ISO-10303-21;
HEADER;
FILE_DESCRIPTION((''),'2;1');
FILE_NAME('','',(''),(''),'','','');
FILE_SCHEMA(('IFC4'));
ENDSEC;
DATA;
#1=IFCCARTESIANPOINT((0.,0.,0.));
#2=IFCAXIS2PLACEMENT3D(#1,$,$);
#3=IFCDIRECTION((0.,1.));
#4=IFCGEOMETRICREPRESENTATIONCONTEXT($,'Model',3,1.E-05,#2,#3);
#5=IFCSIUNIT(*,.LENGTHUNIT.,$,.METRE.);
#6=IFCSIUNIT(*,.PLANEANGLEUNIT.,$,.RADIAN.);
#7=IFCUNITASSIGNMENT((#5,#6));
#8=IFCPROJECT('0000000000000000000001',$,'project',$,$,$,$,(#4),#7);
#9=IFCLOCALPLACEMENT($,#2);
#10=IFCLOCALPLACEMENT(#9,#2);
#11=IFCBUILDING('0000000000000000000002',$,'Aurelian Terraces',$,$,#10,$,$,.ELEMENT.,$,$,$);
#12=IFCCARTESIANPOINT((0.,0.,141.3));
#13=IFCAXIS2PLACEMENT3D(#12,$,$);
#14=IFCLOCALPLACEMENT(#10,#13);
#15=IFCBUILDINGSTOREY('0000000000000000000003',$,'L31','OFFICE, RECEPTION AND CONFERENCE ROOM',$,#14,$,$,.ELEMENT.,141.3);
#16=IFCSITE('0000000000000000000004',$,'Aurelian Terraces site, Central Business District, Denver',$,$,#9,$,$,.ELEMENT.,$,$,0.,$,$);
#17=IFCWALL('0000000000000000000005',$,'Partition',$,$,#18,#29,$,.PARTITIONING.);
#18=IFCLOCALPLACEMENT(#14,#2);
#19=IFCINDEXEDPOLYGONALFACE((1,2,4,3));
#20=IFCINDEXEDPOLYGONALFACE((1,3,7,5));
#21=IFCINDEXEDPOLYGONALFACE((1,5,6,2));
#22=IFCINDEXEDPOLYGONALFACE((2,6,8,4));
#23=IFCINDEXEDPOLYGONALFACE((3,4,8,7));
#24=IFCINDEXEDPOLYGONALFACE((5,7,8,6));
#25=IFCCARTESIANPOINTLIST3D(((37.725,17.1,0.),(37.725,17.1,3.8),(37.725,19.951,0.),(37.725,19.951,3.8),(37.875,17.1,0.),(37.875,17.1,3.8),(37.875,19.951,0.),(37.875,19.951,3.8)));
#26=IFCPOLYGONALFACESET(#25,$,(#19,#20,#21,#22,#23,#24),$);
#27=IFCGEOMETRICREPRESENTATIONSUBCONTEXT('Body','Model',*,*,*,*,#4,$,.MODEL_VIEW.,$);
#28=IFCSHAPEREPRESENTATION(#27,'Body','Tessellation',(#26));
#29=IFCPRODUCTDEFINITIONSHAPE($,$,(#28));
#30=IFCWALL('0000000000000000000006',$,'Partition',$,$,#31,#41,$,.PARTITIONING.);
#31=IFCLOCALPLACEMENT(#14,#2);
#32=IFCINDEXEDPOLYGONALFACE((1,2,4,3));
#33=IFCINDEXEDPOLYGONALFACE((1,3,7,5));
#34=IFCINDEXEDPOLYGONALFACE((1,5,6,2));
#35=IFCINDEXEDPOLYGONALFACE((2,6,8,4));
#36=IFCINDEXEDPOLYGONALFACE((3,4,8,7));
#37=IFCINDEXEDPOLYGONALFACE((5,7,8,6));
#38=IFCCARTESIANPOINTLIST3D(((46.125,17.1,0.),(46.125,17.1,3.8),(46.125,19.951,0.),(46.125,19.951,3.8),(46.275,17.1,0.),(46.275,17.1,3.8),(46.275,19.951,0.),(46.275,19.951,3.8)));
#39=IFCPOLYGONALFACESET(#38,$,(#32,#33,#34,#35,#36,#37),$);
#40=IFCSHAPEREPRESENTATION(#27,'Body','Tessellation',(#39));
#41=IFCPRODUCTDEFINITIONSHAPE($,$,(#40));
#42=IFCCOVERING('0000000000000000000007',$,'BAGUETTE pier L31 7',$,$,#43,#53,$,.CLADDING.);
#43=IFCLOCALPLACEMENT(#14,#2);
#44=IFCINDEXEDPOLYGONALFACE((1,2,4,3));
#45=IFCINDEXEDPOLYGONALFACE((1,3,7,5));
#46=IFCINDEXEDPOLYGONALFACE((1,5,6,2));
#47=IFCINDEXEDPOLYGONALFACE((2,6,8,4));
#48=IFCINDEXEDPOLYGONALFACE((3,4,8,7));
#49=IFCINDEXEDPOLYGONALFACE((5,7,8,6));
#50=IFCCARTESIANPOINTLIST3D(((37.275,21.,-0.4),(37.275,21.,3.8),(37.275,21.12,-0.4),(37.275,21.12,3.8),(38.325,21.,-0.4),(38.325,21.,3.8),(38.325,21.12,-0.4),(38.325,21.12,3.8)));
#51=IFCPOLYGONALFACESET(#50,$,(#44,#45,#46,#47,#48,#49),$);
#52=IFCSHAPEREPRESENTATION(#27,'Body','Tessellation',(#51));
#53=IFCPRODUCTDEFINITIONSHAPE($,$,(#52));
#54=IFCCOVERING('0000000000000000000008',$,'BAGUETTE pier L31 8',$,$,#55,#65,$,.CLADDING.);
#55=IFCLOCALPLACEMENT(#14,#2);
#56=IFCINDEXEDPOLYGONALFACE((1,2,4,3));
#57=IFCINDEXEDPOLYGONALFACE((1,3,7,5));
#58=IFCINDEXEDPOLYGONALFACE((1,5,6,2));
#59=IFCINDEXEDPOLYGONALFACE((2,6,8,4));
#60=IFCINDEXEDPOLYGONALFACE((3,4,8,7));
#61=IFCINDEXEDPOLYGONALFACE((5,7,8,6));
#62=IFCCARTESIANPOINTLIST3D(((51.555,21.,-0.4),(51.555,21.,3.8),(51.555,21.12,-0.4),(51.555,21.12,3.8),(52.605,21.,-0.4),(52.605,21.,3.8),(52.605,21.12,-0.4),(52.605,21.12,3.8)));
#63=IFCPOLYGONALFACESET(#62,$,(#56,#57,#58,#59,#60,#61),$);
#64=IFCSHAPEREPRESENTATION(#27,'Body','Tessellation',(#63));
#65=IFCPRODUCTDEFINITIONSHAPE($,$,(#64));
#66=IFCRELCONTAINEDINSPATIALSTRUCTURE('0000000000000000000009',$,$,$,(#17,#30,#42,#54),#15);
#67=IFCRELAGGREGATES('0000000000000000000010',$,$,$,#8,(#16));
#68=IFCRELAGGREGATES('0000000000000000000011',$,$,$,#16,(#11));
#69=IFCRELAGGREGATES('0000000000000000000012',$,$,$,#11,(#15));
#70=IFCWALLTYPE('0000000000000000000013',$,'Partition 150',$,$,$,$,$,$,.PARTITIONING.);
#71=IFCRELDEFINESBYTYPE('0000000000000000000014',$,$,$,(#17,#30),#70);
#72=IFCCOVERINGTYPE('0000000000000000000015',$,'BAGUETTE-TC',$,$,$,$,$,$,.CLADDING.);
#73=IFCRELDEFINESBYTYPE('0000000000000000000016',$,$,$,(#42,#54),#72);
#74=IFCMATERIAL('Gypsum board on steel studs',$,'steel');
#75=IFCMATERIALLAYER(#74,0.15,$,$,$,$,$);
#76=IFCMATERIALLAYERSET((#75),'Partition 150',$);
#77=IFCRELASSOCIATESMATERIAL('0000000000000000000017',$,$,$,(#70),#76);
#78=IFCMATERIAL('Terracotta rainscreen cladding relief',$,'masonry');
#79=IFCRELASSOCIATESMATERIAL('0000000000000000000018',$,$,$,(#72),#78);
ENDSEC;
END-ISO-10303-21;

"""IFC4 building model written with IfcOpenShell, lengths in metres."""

from ifc_helpers import new_model, si_unit, direction, frame, frame_2d, origin, origin_2d, place, context, subcontext, project, spatial, rectangle, extrude, source, transform, mapped, material, layer, layer_set, type_object, element, save


model = new_model("IFC4")

# Units and contexts
model_context = context("Model", 3, precision=1e-05, world=origin(), true_north=direction((0.0, 1.0)))
body_context = subcontext(model_context, "Body", "Model", "MODEL_VIEW")
ifc_project = project(units=[si_unit("LENGTHUNIT", "METRE"), si_unit("PLANEANGLEUNIT", "RADIAN")], contexts=[model_context])

# Site, building, storey
site_placement = place(None, origin())
site = spatial("IfcSite", under=ifc_project, at=site_placement, Name="Aurelian Terraces site, Central Business District, Denver", CompositionType="ELEMENT", RefElevation=0.0)
building_placement = place(site_placement, origin())
building = spatial("IfcBuilding", under=site, at=building_placement, Name="Aurelian Terraces", CompositionType="ELEMENT")
storey_placement = place(building_placement, frame((0.0, 0.0, 141.3)))
storey = spatial("IfcBuildingStorey", under=building, at=storey_placement, Name="L31", Description="OFFICE, RECEPTION AND CONFERENCE ROOM", CompositionType="ELEMENT", Elevation=141.3)

# Walls
ifc_material_1 = material(Name="Gypsum board on steel studs", Category="steel")
ifc_layer_1 = layer(ifc_material_1, 0.15)
ifc_layer_set_1 = layer_set([ifc_layer_1], Name="Partition 150")
wall_type_1 = type_object("IfcWallType", Name="Partition 150", PredefinedType="PARTITIONING", material=ifc_layer_set_1)
shared_shape_1 = source(origin(), body_context, "Body", "SweptSolid", [
    extrude(rectangle(XDim=2.851, YDim=0.15, at=frame_2d((1.4255, 0.0))), origin(), (0.0, 0.0, 1.0), 3.8),
])
for number, where, z_axis, x_axis, name in (
    (1, (37.8, 17.1, 0.0), (0.0, 0.0, 1.0), (0.0, 1.0, 0.0), "Partition"),
    (2, (46.2, 17.1, 0.0), (0.0, 0.0, 1.0), (0.0, 1.0, 0.0), "Partition"),
):
    element("IfcWall", number, at=place(storey_placement, frame(where, z_axis=z_axis, x_axis=x_axis)), inside=storey, type_object=wall_type_1, Name=name, PredefinedType="PARTITIONING", context=body_context, shape_type="MappedRepresentation", body=[
        mapped(shared_shape_1, transform((0.0, 0.0, 0.0), scale=1.0)),
    ])

# Coverings
ifc_material_2 = material(Name="Terracotta rainscreen cladding relief", Category="masonry")
covering_type = type_object("IfcCoveringType", Name="BAGUETTE-TC", PredefinedType="CLADDING", material=ifc_material_2)
shared_shape_2 = source(origin(), body_context, "Body", "SweptSolid", [
    extrude(rectangle(XDim=1.05, YDim=0.12, at=origin_2d()), origin(), (0.0, 0.0, 1.0), 4.2),
])
for number, where, z_axis, x_axis, name in (
    (3, (37.8, 21.06, -0.4), (0.0, 0.0, 1.0), (1.0, 0.0, 0.0), "BAGUETTE pier L31 7"),
    (4, (52.08, 21.06, -0.4), (0.0, 0.0, 1.0), (1.0, 0.0, 0.0), "BAGUETTE pier L31 8"),
):
    element("IfcCovering", number, at=place(storey_placement, frame(where, z_axis=z_axis, x_axis=x_axis)), inside=storey, type_object=covering_type, Name=name, PredefinedType="CLADDING", context=body_context, shape_type="MappedRepresentation", body=[
        mapped(shared_shape_2, transform((0.0, 0.0, 0.0), scale=1.0)),
    ])

save(model, "model.ifc")
